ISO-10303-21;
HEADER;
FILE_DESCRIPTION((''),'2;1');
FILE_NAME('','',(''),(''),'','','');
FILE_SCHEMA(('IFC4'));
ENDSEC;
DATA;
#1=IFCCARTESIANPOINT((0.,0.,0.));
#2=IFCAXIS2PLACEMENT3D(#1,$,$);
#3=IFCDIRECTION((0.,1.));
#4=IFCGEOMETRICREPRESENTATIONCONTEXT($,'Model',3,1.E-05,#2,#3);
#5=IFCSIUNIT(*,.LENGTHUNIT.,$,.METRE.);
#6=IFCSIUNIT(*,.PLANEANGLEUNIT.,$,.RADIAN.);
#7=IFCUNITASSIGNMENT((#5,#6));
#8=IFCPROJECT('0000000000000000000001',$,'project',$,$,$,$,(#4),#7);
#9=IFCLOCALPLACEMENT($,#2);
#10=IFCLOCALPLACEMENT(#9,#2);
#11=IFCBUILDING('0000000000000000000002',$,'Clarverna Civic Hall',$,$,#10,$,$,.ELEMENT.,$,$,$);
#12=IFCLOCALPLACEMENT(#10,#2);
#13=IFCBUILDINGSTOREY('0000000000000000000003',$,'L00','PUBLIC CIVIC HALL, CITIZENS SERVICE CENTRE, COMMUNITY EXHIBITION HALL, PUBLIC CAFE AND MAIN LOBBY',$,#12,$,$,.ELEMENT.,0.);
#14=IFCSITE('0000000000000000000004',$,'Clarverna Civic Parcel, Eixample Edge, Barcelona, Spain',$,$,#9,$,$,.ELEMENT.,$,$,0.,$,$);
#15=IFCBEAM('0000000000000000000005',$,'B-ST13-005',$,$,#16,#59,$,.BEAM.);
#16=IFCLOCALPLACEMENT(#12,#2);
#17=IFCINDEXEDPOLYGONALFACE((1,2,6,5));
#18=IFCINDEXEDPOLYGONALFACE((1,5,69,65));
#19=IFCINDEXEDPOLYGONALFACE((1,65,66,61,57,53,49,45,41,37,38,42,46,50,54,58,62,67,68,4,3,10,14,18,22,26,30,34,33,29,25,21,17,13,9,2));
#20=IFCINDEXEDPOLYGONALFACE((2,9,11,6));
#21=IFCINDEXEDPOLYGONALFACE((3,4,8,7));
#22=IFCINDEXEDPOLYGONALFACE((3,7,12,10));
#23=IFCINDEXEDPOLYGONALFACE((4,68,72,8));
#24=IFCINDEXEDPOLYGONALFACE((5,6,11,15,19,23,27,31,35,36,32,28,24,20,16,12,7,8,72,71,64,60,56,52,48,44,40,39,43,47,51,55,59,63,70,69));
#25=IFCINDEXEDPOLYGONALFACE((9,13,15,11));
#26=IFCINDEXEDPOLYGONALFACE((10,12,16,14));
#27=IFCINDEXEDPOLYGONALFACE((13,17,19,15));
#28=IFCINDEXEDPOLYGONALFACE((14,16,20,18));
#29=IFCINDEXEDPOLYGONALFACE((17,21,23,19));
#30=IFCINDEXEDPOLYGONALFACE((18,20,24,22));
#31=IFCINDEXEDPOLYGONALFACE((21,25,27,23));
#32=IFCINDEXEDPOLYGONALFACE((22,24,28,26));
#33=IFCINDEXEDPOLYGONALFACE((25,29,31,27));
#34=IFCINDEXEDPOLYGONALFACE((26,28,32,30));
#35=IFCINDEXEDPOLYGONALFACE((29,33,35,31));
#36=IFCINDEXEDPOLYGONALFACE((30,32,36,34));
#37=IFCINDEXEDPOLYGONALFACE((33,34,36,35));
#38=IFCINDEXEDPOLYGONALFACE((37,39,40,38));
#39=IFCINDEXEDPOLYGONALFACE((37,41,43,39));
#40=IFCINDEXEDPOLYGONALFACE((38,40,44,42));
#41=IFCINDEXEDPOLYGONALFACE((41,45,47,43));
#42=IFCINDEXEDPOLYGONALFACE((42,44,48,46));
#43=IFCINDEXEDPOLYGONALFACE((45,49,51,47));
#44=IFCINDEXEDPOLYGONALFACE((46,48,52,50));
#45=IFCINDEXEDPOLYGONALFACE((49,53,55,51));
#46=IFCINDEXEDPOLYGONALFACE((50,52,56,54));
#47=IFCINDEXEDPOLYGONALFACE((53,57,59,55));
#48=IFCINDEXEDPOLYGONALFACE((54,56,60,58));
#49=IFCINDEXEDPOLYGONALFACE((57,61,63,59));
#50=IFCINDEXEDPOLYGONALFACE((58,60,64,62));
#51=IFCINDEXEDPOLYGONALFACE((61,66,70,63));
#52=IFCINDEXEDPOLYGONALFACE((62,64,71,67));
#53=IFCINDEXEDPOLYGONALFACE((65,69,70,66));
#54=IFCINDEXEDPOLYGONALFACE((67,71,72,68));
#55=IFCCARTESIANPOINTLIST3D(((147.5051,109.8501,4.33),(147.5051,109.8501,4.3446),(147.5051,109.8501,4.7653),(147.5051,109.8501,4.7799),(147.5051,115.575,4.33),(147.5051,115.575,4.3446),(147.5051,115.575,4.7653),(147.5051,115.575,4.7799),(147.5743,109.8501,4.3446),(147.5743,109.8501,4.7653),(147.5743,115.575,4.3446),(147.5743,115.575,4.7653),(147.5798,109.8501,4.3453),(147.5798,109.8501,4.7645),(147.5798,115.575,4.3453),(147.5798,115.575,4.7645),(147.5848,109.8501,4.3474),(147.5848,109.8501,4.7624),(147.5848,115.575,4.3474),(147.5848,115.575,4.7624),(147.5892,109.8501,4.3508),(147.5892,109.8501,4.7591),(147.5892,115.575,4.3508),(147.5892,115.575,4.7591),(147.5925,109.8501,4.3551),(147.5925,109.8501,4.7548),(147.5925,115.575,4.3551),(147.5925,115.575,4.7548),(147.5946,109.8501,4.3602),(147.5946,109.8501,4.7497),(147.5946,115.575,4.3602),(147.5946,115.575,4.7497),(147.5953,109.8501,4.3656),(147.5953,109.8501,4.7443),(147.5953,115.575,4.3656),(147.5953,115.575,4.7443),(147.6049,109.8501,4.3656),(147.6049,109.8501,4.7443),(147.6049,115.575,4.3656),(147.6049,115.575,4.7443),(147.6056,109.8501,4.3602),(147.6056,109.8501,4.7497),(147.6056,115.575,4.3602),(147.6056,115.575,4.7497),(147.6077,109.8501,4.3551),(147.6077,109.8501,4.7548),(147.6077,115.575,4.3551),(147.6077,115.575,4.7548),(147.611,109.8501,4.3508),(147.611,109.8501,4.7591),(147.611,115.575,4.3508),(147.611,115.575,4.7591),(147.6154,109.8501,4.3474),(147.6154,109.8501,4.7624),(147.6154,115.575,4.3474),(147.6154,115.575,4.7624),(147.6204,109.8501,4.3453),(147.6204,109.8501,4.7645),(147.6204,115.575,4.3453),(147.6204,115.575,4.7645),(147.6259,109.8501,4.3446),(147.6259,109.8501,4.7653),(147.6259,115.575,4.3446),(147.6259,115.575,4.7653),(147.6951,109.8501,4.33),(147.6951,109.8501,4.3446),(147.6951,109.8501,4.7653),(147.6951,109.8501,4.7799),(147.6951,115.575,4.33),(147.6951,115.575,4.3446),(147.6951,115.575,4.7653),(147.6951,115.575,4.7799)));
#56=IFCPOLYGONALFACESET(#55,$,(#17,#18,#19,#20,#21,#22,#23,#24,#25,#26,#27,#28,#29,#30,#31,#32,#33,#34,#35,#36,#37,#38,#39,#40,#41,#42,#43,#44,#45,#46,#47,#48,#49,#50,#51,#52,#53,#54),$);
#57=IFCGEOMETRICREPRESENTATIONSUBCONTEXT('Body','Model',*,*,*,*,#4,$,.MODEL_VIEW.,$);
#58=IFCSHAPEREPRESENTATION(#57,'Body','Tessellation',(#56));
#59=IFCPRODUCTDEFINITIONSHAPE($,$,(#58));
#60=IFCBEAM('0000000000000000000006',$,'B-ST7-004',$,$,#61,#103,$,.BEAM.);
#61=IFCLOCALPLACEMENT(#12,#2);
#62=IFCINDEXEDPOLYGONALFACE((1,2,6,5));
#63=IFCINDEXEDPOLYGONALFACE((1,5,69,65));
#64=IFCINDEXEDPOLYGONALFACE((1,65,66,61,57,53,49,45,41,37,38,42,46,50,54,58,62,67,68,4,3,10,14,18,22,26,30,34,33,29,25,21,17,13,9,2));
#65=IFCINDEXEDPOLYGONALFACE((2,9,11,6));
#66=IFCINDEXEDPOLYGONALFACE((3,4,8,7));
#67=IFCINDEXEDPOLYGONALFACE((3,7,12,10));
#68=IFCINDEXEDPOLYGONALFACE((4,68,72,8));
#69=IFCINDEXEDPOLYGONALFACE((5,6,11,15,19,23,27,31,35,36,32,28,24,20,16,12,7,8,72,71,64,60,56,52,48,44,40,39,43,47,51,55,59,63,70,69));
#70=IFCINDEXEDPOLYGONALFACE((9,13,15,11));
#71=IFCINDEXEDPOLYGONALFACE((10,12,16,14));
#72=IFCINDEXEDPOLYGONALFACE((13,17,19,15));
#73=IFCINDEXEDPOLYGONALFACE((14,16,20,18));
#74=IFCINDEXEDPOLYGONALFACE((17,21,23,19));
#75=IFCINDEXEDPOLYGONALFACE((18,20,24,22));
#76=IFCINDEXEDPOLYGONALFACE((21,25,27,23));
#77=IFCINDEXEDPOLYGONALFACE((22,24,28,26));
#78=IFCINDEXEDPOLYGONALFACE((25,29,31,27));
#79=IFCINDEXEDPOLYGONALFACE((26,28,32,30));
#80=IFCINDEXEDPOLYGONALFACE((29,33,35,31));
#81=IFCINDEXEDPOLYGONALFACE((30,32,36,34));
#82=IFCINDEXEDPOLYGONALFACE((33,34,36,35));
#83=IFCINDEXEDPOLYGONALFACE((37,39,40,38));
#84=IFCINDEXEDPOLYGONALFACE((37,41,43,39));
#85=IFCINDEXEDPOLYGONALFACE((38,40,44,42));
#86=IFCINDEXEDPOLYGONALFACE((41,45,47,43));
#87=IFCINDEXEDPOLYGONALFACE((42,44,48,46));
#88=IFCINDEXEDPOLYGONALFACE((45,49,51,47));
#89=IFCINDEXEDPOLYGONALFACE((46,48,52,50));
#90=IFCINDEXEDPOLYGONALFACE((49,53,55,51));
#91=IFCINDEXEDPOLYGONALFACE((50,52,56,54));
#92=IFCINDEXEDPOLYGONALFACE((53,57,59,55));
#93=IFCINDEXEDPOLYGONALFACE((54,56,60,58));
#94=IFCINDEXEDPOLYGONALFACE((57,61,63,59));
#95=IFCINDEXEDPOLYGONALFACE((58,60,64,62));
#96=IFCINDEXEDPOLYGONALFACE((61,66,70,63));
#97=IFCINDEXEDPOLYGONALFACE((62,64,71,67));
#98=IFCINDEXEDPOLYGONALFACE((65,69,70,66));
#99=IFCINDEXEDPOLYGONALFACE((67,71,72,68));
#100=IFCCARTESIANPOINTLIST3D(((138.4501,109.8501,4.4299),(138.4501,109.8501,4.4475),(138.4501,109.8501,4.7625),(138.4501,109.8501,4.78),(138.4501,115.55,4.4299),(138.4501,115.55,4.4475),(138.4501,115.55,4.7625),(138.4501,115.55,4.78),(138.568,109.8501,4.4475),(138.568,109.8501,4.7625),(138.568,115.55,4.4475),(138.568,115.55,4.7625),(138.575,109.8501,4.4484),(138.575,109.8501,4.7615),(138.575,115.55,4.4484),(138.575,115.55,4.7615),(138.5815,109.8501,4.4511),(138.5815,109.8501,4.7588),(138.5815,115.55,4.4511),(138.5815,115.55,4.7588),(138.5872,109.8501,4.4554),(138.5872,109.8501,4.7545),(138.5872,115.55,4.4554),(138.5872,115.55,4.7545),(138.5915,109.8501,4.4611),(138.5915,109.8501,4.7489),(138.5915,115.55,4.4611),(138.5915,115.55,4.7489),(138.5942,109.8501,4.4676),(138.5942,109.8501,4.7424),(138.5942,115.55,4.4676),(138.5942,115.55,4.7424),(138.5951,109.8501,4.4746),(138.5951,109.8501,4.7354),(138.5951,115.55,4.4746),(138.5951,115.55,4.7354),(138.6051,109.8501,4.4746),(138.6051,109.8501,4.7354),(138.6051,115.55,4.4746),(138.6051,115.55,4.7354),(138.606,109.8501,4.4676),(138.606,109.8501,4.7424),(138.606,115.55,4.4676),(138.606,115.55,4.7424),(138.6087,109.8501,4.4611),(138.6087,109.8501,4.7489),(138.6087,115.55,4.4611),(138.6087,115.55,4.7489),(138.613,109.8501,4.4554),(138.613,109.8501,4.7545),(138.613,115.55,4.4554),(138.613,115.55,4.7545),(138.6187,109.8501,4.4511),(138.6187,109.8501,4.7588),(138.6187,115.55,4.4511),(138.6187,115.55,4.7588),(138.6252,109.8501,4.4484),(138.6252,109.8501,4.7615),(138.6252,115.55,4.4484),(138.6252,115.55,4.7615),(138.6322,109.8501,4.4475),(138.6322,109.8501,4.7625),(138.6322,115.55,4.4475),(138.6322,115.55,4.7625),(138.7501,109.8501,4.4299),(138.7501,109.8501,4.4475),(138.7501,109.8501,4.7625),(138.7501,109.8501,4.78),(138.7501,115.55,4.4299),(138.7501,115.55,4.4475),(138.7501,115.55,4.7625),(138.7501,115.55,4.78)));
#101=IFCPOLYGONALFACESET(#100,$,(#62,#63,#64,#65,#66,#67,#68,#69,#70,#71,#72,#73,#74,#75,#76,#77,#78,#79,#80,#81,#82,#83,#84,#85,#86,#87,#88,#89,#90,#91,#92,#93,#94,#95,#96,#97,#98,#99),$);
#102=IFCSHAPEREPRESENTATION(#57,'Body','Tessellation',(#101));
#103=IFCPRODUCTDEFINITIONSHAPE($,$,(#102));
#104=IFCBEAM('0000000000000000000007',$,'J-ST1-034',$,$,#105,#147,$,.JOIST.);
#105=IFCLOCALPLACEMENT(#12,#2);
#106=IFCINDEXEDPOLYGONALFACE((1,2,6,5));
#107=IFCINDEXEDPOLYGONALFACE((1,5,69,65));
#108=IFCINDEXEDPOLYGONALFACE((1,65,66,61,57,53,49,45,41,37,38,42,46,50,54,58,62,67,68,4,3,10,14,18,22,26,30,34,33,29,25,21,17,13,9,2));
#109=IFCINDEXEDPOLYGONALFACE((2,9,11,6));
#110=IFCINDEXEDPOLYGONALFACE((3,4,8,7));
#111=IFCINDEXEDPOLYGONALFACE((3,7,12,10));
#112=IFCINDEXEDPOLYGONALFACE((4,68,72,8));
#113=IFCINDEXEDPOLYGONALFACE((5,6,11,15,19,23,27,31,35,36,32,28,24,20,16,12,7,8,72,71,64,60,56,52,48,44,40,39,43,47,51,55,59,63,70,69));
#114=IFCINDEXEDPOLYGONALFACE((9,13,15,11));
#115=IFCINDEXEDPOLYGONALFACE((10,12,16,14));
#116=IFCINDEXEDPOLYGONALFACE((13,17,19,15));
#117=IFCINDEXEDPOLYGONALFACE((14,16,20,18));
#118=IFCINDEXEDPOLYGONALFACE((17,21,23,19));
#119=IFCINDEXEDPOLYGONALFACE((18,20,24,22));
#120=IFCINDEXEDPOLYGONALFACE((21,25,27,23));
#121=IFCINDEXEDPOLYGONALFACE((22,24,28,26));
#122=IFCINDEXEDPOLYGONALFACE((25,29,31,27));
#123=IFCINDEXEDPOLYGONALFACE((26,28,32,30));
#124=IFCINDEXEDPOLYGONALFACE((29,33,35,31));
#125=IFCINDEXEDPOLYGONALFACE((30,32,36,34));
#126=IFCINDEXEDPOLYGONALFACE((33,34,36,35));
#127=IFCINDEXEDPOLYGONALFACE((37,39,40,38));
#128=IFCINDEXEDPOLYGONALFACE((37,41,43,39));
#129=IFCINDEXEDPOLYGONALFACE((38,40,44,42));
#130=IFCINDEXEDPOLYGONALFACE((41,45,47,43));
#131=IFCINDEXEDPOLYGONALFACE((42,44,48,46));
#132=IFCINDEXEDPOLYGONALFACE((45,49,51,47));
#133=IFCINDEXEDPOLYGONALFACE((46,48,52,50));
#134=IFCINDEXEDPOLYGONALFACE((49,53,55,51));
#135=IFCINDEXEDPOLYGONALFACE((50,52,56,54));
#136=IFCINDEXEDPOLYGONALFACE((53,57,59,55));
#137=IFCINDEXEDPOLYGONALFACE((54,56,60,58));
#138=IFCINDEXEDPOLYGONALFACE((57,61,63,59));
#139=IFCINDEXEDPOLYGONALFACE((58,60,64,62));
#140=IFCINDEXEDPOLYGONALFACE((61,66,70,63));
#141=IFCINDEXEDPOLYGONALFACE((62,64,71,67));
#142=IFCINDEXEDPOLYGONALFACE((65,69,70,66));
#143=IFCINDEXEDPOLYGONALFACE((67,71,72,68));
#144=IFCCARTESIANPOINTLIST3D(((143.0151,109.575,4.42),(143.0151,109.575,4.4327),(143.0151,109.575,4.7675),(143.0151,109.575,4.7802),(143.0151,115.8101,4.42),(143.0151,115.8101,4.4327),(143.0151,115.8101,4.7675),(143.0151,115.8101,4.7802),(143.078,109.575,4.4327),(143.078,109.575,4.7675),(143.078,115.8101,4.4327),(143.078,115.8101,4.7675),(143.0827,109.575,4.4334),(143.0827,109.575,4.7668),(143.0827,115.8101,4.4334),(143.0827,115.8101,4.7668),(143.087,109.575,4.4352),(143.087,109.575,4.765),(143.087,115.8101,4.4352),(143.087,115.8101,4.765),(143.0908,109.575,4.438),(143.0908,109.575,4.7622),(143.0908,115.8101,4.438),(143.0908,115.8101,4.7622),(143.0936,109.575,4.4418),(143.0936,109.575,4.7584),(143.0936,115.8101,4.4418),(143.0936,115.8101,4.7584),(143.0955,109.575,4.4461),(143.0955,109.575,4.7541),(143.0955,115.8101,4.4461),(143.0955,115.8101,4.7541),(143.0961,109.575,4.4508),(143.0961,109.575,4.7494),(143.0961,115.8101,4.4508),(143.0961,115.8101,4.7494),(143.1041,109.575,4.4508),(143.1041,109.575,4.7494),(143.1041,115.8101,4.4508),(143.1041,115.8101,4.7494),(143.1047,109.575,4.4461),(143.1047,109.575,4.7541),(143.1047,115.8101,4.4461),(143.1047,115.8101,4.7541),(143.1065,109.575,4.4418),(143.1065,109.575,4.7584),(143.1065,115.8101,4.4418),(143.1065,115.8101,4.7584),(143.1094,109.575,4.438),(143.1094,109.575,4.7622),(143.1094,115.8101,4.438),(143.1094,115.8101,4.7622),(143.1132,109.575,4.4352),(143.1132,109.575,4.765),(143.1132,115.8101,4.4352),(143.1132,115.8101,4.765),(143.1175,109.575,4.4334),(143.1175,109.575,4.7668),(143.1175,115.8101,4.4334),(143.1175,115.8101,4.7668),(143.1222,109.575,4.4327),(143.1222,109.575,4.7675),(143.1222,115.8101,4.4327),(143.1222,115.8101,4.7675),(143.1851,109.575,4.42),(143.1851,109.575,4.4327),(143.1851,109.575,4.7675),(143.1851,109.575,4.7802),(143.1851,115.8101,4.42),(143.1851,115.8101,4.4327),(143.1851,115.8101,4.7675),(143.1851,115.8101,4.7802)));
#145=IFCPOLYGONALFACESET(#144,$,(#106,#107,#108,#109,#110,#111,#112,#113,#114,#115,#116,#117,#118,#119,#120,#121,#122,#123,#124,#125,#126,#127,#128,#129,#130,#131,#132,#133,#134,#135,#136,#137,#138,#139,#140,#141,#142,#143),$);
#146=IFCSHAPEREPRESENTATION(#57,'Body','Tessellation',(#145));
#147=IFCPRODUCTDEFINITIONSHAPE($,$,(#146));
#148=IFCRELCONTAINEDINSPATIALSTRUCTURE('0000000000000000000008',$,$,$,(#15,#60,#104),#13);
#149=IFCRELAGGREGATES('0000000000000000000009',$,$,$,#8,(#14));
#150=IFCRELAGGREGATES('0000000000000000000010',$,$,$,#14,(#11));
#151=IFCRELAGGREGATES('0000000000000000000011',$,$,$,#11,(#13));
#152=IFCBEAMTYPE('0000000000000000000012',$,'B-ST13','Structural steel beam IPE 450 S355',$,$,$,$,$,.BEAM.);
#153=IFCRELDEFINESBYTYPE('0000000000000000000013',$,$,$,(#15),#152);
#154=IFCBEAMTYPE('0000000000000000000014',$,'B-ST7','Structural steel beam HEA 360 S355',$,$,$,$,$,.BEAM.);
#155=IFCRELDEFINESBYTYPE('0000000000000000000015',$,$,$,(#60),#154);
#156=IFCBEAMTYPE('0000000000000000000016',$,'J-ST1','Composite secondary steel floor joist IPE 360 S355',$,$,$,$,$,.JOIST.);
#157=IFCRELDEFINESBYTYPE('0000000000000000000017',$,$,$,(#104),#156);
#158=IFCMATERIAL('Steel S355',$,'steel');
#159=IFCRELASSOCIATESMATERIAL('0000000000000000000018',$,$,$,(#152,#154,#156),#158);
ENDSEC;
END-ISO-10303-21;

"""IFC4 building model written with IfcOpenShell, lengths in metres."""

from ifc_helpers import new_model, si_unit, direction, frame, origin, origin_2d, place, context, subcontext, project, spatial, i_section, extrude, material, material_profile, profile_set, type_object, element, save


model = new_model("IFC4")

# Units and contexts
model_context = context("Model", 3, precision=1e-05, world=origin(), true_north=direction((0.0, 1.0)))
body_context = subcontext(model_context, "Body", "Model", "MODEL_VIEW")
ifc_project = project(units=[si_unit("LENGTHUNIT", "METRE"), si_unit("PLANEANGLEUNIT", "RADIAN")], contexts=[model_context])

# Site, building, storey
site_placement = place(None, origin())
site = spatial("IfcSite", under=ifc_project, at=site_placement, Name="Clarverna Civic Parcel, Eixample Edge, Barcelona, Spain", CompositionType="ELEMENT", RefElevation=0.0)
building_placement = place(site_placement, origin())
building = spatial("IfcBuilding", under=site, at=building_placement, Name="Clarverna Civic Hall", CompositionType="ELEMENT")
storey_placement = place(building_placement, origin())
storey = spatial("IfcBuildingStorey", under=building, at=storey_placement, Name="L00", Description="PUBLIC CIVIC HALL, CITIZENS SERVICE CENTRE, COMMUNITY EXHIBITION HALL, PUBLIC CAFE AND MAIN LOBBY", CompositionType="ELEMENT", Elevation=0.0)

# Beams
ifc_material_1 = material(Name="Steel S355", Category="steel")
ifc_material_profile_1 = material_profile(ifc_material_1, i_section(OverallWidth=0.1899, OverallDepth=0.45, WebThickness=0.0095, FlangeThickness=0.0146, FilletRadius=0.021, at=origin_2d()), Name="IPE 450")
ifc_profile_set_1 = profile_set([ifc_material_profile_1], Name="Steel S355")
beam_type_1 = type_object("IfcBeamType", Name="B-ST13", Description="Structural steel beam IPE 450 S355", PredefinedType="BEAM", material=ifc_profile_set_1)
beam_1_placement = place(storey_placement, frame((147.6001, 109.8501, 4.5549), z_axis=(0.0, 1.0, 0.0), x_axis=(-1.0, 0.0, 0.0)))
element("IfcBeam", 1, at=beam_1_placement, inside=storey, type_object=beam_type_1, Name="B-ST13-005", PredefinedType="BEAM", context=body_context, shape_type="SweptSolid", body=[
    extrude(i_section(OverallWidth=0.1899, OverallDepth=0.45, WebThickness=0.0095, FlangeThickness=0.0146, FilletRadius=0.021, at=origin_2d()), origin(), (0.0, 0.0, 1.0), 5.7249),
])
ifc_material_profile_2 = material_profile(ifc_material_1, i_section(OverallWidth=0.3, OverallDepth=0.3501, WebThickness=0.01, FlangeThickness=0.0176, FilletRadius=0.0271, at=origin_2d()), Name="HEA 360")
ifc_profile_set_2 = profile_set([ifc_material_profile_2], Name="Steel S355")
beam_type_2 = type_object("IfcBeamType", Name="B-ST7", Description="Structural steel beam HEA 360 S355", PredefinedType="BEAM", material=ifc_profile_set_2)
beam_2_placement = place(storey_placement, frame((138.6001, 109.8501, 4.605), z_axis=(0.0, 1.0, 0.0), x_axis=(-1.0, 0.0, 0.0)))
element("IfcBeam", 2, at=beam_2_placement, inside=storey, type_object=beam_type_2, Name="B-ST7-004", PredefinedType="BEAM", context=body_context, shape_type="SweptSolid", body=[
    extrude(i_section(OverallWidth=0.3, OverallDepth=0.3501, WebThickness=0.01, FlangeThickness=0.0176, FilletRadius=0.0271, at=origin_2d()), origin(), (0.0, 0.0, 1.0), 5.7),
])
ifc_material_profile_3 = material_profile(ifc_material_1, i_section(OverallWidth=0.1699, OverallDepth=0.3601, WebThickness=0.0081, FlangeThickness=0.0127, FilletRadius=0.0181, at=origin_2d()), Name="IPE 360")
ifc_profile_set_3 = profile_set([ifc_material_profile_3], Name="Steel S355")
beam_type_3 = type_object("IfcBeamType", Name="J-ST1", Description="Composite secondary steel floor joist IPE 360 S355", PredefinedType="JOIST", material=ifc_profile_set_3)
beam_3_placement = place(storey_placement, frame((143.1001, 109.575, 4.6001), z_axis=(0.0, 1.0, 0.0), x_axis=(-1.0, 0.0, 0.0)))
element("IfcBeam", 3, at=beam_3_placement, inside=storey, type_object=beam_type_3, Name="J-ST1-034", PredefinedType="JOIST", context=body_context, shape_type="SweptSolid", body=[
    extrude(i_section(OverallWidth=0.1699, OverallDepth=0.3601, WebThickness=0.0081, FlangeThickness=0.0127, FilletRadius=0.0181, at=origin_2d()), origin(), (0.0, 0.0, 1.0), 6.2351),
])

save(model, "model.ifc")
